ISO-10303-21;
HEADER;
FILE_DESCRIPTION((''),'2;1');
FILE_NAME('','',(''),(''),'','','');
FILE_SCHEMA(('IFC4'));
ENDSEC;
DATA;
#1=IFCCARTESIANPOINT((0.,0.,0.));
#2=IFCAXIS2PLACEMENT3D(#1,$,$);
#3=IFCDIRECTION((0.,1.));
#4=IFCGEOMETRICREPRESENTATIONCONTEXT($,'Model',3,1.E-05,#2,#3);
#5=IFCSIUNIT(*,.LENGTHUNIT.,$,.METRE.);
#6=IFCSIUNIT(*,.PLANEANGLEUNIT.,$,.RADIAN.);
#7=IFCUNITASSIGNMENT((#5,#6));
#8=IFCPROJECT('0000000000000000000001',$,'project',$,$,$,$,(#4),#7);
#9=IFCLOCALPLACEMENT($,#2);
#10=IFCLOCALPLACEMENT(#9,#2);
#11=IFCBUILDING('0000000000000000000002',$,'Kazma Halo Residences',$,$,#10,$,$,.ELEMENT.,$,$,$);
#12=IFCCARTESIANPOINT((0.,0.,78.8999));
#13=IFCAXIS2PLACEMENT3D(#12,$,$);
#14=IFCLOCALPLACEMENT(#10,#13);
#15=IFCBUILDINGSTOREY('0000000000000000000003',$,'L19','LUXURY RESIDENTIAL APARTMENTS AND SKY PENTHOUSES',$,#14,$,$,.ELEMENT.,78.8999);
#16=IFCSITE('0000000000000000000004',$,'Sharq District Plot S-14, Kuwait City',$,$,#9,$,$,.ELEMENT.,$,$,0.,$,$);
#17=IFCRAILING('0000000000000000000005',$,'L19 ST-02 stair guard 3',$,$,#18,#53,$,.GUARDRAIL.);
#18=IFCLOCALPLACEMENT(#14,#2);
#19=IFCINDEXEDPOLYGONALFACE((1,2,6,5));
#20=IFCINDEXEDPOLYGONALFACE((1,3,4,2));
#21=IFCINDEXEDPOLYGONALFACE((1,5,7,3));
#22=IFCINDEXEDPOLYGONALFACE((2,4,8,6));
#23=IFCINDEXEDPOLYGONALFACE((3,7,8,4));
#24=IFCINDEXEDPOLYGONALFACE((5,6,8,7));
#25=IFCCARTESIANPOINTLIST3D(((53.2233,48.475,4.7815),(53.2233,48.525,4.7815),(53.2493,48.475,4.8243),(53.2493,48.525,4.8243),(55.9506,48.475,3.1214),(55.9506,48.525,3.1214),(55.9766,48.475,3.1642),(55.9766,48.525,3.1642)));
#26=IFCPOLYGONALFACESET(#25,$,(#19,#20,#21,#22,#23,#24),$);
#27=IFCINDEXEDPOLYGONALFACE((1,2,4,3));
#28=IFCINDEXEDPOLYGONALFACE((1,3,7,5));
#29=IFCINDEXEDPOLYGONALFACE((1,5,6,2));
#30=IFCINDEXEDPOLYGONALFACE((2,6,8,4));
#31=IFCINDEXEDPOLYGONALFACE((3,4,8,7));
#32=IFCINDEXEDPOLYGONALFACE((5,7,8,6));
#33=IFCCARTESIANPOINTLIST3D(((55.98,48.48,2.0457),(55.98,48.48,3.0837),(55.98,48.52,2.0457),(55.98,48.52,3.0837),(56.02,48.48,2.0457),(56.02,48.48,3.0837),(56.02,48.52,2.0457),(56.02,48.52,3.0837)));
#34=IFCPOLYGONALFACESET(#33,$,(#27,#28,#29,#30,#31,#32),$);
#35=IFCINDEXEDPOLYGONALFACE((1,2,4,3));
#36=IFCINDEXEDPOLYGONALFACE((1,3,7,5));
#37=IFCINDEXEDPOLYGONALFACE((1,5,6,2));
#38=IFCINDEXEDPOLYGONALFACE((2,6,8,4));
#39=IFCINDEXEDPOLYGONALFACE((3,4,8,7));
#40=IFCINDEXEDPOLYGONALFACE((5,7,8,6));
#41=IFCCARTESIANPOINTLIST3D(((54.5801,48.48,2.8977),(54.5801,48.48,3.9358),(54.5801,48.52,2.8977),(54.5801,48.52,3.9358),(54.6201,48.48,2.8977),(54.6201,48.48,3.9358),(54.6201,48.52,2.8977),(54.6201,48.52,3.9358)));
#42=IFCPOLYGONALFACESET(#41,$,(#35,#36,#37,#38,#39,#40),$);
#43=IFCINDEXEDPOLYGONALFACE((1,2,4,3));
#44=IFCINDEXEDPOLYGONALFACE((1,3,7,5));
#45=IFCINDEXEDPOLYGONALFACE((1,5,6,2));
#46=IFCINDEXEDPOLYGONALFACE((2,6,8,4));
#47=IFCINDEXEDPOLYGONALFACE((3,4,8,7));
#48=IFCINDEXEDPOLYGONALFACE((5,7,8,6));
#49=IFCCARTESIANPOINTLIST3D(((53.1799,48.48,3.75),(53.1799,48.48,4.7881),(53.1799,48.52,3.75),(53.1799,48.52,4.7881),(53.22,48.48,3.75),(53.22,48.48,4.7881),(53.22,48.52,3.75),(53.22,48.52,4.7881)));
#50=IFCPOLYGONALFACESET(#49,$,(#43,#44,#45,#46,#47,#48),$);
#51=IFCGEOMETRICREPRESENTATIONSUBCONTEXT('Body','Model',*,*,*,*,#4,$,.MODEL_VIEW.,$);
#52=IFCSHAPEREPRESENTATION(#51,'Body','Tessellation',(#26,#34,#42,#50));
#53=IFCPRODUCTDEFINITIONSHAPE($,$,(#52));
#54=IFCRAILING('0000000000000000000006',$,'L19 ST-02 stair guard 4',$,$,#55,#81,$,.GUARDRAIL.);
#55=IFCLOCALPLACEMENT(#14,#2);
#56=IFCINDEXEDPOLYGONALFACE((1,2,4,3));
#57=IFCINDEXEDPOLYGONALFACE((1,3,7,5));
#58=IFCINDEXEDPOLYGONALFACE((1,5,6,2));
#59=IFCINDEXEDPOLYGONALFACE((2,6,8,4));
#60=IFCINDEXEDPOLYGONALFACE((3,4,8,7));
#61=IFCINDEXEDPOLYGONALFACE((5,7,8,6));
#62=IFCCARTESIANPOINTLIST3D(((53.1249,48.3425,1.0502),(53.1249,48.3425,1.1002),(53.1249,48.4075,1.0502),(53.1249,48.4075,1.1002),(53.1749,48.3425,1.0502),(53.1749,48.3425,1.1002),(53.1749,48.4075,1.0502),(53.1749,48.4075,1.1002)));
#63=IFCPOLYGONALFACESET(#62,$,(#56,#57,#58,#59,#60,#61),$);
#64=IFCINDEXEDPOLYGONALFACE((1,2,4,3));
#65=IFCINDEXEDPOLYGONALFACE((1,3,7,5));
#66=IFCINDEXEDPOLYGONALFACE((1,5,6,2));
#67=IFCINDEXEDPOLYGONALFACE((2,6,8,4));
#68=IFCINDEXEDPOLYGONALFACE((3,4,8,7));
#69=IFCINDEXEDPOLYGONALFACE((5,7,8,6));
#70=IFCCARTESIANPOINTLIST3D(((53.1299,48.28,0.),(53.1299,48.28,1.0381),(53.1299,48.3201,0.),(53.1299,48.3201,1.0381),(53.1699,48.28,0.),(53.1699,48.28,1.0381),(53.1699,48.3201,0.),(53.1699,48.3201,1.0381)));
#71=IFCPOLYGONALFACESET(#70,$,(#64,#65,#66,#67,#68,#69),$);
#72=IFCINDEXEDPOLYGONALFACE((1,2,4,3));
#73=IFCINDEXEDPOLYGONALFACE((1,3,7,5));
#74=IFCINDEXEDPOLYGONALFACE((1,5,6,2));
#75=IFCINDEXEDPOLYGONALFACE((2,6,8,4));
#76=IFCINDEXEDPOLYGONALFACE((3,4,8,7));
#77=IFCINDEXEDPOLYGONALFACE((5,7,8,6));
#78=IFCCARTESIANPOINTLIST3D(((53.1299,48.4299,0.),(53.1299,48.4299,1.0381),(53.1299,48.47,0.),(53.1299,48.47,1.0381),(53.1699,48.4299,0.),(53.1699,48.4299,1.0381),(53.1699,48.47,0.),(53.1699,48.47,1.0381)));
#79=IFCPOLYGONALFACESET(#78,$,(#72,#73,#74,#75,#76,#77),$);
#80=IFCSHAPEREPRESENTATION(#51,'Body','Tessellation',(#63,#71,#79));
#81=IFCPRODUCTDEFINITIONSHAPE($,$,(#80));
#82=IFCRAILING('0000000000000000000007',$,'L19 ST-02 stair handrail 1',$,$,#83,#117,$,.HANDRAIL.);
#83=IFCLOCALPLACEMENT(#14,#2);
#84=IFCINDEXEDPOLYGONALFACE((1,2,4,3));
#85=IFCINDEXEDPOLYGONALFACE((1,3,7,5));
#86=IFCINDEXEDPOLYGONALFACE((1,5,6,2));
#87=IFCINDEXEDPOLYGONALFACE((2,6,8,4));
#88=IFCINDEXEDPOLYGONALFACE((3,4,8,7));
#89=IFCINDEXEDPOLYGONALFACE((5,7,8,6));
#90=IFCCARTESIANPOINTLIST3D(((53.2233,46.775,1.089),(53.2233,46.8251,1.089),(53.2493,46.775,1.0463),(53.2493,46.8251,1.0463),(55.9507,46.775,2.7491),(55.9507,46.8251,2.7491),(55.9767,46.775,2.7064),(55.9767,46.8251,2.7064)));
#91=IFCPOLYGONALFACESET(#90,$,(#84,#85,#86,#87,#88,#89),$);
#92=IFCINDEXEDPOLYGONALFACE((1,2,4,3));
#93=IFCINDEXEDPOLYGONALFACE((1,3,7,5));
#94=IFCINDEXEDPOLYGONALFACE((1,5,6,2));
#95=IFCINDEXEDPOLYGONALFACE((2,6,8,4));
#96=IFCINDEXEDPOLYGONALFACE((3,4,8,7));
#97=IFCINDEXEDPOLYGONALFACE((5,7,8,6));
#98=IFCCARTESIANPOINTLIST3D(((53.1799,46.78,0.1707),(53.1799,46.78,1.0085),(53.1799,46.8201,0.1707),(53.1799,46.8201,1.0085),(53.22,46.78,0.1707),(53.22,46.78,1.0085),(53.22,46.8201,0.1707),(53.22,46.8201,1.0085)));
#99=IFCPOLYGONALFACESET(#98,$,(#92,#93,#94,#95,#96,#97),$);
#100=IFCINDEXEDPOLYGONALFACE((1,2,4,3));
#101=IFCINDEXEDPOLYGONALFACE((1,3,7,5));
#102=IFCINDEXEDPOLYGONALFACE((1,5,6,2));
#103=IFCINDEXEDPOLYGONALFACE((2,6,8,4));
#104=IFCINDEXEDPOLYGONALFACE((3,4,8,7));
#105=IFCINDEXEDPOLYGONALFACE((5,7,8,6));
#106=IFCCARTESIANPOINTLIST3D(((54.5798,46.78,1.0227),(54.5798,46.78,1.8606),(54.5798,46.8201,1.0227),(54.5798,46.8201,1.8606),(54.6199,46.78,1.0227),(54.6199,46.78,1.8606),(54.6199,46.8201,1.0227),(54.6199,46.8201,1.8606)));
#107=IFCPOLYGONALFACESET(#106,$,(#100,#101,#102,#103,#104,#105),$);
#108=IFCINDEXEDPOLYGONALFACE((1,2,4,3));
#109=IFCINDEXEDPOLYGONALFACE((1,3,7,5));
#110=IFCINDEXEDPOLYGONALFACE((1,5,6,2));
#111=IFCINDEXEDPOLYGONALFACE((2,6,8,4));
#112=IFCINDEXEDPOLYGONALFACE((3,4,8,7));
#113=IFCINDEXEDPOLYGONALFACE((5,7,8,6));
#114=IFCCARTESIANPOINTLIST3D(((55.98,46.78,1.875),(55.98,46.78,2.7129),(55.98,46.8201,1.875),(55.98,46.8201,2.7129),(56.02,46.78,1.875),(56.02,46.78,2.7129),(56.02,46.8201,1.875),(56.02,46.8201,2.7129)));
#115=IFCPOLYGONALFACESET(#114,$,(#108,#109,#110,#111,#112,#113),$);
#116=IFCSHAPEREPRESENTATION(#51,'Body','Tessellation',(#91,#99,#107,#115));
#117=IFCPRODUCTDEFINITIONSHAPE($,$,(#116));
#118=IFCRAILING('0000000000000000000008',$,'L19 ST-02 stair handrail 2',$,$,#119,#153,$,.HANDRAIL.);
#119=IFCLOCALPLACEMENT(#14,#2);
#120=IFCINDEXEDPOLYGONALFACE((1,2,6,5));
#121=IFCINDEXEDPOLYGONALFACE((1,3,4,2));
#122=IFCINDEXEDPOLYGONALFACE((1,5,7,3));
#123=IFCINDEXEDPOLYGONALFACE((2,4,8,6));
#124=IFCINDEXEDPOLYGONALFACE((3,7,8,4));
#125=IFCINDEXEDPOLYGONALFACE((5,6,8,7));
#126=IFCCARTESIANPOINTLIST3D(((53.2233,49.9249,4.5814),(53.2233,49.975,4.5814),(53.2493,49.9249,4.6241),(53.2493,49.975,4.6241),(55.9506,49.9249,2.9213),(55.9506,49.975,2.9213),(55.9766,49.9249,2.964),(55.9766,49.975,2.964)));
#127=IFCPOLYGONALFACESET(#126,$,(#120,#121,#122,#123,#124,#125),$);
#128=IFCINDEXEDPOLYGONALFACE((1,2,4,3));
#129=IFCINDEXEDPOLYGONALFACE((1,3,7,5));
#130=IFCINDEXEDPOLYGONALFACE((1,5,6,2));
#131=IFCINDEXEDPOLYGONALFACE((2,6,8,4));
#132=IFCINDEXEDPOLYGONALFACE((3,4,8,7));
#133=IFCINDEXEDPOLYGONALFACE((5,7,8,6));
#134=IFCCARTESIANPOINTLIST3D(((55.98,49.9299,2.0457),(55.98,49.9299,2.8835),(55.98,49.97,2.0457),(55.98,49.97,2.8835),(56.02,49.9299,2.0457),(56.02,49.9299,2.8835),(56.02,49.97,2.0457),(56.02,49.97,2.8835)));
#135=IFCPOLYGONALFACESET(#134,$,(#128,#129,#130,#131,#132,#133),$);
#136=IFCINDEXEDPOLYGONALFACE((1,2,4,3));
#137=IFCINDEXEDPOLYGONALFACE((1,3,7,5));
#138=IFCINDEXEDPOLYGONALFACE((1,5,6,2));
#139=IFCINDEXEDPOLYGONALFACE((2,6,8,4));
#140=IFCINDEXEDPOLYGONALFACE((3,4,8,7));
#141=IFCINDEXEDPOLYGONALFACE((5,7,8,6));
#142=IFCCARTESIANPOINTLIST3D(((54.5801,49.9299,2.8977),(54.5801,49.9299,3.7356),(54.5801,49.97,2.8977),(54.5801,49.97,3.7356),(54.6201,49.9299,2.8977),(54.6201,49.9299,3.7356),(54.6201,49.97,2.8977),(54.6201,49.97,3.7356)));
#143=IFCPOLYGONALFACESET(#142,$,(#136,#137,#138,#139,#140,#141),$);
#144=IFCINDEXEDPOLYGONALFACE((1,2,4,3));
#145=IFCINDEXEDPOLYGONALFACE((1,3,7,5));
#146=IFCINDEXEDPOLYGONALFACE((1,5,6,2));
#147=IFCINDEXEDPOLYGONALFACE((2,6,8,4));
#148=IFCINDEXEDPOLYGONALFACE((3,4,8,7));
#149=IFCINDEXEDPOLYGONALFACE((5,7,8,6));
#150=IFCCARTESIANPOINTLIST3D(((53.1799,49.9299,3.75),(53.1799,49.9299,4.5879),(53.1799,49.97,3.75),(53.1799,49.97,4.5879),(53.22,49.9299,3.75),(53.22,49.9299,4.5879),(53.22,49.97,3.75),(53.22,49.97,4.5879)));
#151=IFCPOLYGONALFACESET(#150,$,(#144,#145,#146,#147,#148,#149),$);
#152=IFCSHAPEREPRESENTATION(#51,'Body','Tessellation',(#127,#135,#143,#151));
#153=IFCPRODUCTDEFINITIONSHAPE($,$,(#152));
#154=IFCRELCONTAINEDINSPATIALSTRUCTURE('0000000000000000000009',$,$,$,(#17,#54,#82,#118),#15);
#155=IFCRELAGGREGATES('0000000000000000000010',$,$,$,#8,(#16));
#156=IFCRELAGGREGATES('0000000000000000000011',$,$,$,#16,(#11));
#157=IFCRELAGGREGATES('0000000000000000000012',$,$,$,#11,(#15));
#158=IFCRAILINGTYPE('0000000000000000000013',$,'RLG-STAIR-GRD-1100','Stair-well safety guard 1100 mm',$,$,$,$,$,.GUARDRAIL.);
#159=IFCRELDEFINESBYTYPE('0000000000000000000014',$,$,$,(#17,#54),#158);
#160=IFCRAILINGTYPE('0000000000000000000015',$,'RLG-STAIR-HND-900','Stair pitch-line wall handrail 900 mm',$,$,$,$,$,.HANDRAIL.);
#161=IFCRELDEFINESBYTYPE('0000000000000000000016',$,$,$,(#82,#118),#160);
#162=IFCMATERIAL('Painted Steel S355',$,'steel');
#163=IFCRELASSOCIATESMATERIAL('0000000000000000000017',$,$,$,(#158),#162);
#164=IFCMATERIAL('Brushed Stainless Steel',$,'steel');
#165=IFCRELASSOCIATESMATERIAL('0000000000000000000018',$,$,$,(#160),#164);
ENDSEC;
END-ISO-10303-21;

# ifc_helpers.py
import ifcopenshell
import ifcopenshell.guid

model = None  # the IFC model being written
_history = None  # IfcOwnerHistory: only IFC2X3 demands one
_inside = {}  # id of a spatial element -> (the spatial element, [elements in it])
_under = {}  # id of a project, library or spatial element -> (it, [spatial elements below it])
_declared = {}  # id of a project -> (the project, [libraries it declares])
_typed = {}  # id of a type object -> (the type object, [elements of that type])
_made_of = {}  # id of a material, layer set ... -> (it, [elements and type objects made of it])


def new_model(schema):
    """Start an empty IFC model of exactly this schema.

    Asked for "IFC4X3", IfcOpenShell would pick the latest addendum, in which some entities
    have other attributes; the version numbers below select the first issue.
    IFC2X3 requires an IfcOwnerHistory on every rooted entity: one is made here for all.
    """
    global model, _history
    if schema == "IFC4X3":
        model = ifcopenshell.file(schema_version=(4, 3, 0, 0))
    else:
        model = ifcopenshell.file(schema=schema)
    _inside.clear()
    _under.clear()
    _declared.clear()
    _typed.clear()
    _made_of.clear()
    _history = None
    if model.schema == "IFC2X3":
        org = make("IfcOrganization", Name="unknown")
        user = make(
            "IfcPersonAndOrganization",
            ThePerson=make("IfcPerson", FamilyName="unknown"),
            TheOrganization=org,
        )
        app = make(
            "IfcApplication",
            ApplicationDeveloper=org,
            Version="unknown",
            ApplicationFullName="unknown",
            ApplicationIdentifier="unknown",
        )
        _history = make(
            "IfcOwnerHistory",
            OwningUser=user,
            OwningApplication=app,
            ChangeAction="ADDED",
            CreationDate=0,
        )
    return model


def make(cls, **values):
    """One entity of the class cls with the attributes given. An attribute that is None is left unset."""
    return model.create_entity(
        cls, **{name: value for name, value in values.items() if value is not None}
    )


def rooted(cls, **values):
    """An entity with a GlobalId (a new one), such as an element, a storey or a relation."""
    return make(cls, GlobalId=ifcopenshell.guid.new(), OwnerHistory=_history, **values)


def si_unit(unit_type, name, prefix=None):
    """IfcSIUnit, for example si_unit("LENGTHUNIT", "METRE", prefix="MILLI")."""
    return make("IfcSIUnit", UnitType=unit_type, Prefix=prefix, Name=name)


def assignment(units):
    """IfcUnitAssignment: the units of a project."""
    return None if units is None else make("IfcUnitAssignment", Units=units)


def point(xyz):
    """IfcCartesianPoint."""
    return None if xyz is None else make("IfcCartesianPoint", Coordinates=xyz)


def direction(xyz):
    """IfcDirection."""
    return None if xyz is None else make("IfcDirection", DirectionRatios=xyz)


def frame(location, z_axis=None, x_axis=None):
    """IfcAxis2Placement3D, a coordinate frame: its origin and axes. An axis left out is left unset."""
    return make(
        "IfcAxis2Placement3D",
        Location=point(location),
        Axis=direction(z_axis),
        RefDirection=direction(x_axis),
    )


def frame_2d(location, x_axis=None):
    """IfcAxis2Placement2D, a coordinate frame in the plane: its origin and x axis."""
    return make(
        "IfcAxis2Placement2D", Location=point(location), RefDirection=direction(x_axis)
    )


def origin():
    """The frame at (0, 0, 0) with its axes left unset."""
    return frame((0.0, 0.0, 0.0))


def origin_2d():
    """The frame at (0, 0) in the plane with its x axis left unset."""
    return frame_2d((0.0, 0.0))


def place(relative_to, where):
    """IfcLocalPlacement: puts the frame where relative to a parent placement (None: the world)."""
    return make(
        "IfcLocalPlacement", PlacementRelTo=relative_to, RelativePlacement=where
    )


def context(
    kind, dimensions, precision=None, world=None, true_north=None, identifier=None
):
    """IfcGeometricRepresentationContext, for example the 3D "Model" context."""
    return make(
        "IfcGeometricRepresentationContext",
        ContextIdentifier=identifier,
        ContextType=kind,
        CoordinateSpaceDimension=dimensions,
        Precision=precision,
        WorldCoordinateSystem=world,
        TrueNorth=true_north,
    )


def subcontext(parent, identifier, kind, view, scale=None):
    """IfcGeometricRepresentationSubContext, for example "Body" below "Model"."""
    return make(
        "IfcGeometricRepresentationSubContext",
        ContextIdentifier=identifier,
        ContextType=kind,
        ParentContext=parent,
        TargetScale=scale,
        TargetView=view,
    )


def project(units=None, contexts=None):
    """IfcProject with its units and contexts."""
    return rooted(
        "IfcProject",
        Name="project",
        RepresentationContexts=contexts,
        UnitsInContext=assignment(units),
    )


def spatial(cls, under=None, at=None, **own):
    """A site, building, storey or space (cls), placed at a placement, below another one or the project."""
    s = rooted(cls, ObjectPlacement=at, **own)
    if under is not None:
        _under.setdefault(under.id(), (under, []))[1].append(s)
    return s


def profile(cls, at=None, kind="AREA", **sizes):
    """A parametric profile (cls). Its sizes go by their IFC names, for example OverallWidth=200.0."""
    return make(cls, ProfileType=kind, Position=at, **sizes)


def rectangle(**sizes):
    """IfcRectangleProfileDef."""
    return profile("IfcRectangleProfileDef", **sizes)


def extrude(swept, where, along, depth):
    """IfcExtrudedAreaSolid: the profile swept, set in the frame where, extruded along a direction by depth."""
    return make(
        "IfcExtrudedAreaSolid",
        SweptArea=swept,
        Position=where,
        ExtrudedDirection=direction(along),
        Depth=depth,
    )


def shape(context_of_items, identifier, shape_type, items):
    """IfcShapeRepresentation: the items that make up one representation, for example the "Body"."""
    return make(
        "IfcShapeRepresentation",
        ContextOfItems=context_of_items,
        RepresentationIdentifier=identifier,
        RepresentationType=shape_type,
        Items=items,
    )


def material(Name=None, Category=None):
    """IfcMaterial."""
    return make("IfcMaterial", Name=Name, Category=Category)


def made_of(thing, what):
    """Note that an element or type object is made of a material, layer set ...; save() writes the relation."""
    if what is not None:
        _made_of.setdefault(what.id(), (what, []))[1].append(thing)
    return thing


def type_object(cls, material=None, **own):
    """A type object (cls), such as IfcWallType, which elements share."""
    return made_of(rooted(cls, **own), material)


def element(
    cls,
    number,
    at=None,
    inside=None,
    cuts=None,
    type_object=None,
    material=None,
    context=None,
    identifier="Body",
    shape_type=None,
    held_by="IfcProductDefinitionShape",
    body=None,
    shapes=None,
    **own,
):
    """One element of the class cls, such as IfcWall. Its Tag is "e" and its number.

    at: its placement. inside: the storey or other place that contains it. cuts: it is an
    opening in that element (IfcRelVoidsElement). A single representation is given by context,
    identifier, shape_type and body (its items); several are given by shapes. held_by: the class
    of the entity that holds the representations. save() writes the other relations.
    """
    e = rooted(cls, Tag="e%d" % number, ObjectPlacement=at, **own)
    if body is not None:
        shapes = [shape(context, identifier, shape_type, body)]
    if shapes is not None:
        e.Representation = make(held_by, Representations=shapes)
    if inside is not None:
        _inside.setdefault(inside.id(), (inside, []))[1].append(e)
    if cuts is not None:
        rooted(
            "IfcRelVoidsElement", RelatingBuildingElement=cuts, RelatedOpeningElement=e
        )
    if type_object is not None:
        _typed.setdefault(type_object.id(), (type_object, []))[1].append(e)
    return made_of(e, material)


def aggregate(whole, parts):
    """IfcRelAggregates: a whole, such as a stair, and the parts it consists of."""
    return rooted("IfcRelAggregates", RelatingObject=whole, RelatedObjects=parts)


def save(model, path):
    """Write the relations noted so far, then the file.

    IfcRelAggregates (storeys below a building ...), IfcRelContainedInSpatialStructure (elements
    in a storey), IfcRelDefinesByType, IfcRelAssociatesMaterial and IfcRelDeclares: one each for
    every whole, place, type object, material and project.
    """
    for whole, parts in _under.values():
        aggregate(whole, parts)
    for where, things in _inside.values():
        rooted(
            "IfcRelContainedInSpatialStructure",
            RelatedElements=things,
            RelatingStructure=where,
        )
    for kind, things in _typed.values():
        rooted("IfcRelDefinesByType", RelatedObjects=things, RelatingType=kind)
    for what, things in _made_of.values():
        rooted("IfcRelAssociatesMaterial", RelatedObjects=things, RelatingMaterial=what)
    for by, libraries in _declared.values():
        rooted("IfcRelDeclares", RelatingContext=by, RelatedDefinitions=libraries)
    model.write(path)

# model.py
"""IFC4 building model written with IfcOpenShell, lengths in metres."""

from ifc_helpers import new_model, si_unit, direction, frame, origin, origin_2d, place, context, subcontext, project, spatial, rectangle, extrude, material, type_object, element, save


model = new_model("IFC4")

# Units and contexts
model_context = context("Model", 3, precision=1e-05, world=origin(), true_north=direction((0.0, 1.0)))
body_context = subcontext(model_context, "Body", "Model", "MODEL_VIEW")
ifc_project = project(units=[si_unit("LENGTHUNIT", "METRE"), si_unit("PLANEANGLEUNIT", "RADIAN")], contexts=[model_context])

# Site, building, storey
site_placement = place(None, origin())
site = spatial("IfcSite", under=ifc_project, at=site_placement, Name="Sharq District Plot S-14, Kuwait City", CompositionType="ELEMENT", RefElevation=0.0)
building_placement = place(site_placement, origin())
building = spatial("IfcBuilding", under=site, at=building_placement, Name="Kazma Halo Residences", CompositionType="ELEMENT")
storey_placement = place(building_placement, frame((0.0, 0.0, 78.8999)))
storey = spatial("IfcBuildingStorey", under=building, at=storey_placement, Name="L19", Description="LUXURY RESIDENTIAL APARTMENTS AND SKY PENTHOUSES", CompositionType="ELEMENT", Elevation=78.8999)

# Railings
ifc_material_1 = material(Name="Painted Steel S355", Category="steel")
railing_type_1 = type_object("IfcRailingType", Name="RLG-STAIR-GRD-1100", Description="Stair-well safety guard 1100 mm", PredefinedType="GUARDRAIL", material=ifc_material_1)
railing_1_placement = place(storey_placement, frame((56.0, 48.5, 2.0457)))
element("IfcRailing", 1, at=railing_1_placement, inside=storey, type_object=railing_type_1, Name="L19 ST-02 stair guard 3", PredefinedType="GUARDRAIL", context=body_context, shape_type="SweptSolid", body=[
    extrude(rectangle(XDim=0.05, YDim=0.05, at=origin_2d()), frame((-0.0364, 0.0, 1.0972), z_axis=(-0.854203, 0.0, 0.51994), x_axis=(0.0, -1.0, 0.0)), (0.0, 0.0, 1.0), 3.1929),
    extrude(rectangle(XDim=0.04, YDim=0.04, at=origin_2d()), origin(), (0.0, 0.0, 1.0), 1.0381),
    extrude(rectangle(XDim=0.04, YDim=0.04, at=origin_2d()), frame((-1.3999, 0.0, 0.8521)), (0.0, 0.0, 1.0), 1.0381),
    extrude(rectangle(XDim=0.04, YDim=0.04, at=origin_2d()), frame((-2.8, 0.0, 1.7043)), (0.0, 0.0, 1.0), 1.0381),
])
railing_2_placement = place(storey_placement, frame((53.1499, 48.3, 0.0)))
element("IfcRailing", 2, at=railing_2_placement, inside=storey, type_object=railing_type_1, Name="L19 ST-02 stair guard 4", PredefinedType="GUARDRAIL", context=body_context, shape_type="SweptSolid", body=[
    extrude(rectangle(XDim=0.05, YDim=0.05, at=origin_2d()), frame((0.0, 0.0425, 1.0752), z_axis=(0.0, 1.0, 0.0), x_axis=(-1.0, 0.0, 0.0)), (0.0, 0.0, 1.0), 0.0649),
    extrude(rectangle(XDim=0.04, YDim=0.04, at=origin_2d()), origin(), (0.0, 0.0, 1.0), 1.0381),
    extrude(rectangle(XDim=0.04, YDim=0.04, at=origin_2d()), frame((0.0, 0.1499, 0.0)), (0.0, 0.0, 1.0), 1.0381),
])
ifc_material_2 = material(Name="Brushed Stainless Steel", Category="steel")
railing_type_2 = type_object("IfcRailingType", Name="RLG-STAIR-HND-900", Description="Stair pitch-line wall handrail 900 mm", PredefinedType="HANDRAIL", material=ifc_material_2)
railing_3_placement = place(storey_placement, frame((53.2, 46.8, 0.1707)))
element("IfcRailing", 3, at=railing_3_placement, inside=storey, type_object=railing_type_2, Name="L19 ST-02 stair handrail 1", PredefinedType="HANDRAIL", context=body_context, shape_type="SweptSolid", body=[
    extrude(rectangle(XDim=0.05, YDim=0.05, at=origin_2d()), frame((0.0364, 0.0, 0.897), z_axis=(0.854203, 0.0, 0.51994), x_axis=(0.0, 1.0, 0.0)), (0.0, 0.0, 1.0), 3.1929),
    extrude(rectangle(XDim=0.04, YDim=0.04, at=origin_2d()), origin(), (0.0, 0.0, 1.0), 0.8379),
    extrude(rectangle(XDim=0.04, YDim=0.04, at=origin_2d()), frame((1.3999, 0.0, 0.8521)), (0.0, 0.0, 1.0), 0.8379),
    extrude(rectangle(XDim=0.04, YDim=0.04, at=origin_2d()), frame((2.8, 0.0, 1.7043)), (0.0, 0.0, 1.0), 0.8379),
])
railing_4_placement = place(storey_placement, frame((56.0, 49.95, 2.0457)))
element("IfcRailing", 4, at=railing_4_placement, inside=storey, type_object=railing_type_2, Name="L19 ST-02 stair handrail 2", PredefinedType="HANDRAIL", context=body_context, shape_type="SweptSolid", body=[
    extrude(rectangle(XDim=0.05, YDim=0.05, at=origin_2d()), frame((-0.0364, 0.0, 0.897), z_axis=(-0.854203, 0.0, 0.51994), x_axis=(0.0, -1.0, 0.0)), (0.0, 0.0, 1.0), 3.1929),
    extrude(rectangle(XDim=0.04, YDim=0.04, at=origin_2d()), origin(), (0.0, 0.0, 1.0), 0.8379),
    extrude(rectangle(XDim=0.04, YDim=0.04, at=origin_2d()), frame((-1.3999, 0.0, 0.8521)), (0.0, 0.0, 1.0), 0.8379),
    extrude(rectangle(XDim=0.04, YDim=0.04, at=origin_2d()), frame((-2.8, 0.0, 1.7043)), (0.0, 0.0, 1.0), 0.8379),
])

save(model, "model.ifc")
